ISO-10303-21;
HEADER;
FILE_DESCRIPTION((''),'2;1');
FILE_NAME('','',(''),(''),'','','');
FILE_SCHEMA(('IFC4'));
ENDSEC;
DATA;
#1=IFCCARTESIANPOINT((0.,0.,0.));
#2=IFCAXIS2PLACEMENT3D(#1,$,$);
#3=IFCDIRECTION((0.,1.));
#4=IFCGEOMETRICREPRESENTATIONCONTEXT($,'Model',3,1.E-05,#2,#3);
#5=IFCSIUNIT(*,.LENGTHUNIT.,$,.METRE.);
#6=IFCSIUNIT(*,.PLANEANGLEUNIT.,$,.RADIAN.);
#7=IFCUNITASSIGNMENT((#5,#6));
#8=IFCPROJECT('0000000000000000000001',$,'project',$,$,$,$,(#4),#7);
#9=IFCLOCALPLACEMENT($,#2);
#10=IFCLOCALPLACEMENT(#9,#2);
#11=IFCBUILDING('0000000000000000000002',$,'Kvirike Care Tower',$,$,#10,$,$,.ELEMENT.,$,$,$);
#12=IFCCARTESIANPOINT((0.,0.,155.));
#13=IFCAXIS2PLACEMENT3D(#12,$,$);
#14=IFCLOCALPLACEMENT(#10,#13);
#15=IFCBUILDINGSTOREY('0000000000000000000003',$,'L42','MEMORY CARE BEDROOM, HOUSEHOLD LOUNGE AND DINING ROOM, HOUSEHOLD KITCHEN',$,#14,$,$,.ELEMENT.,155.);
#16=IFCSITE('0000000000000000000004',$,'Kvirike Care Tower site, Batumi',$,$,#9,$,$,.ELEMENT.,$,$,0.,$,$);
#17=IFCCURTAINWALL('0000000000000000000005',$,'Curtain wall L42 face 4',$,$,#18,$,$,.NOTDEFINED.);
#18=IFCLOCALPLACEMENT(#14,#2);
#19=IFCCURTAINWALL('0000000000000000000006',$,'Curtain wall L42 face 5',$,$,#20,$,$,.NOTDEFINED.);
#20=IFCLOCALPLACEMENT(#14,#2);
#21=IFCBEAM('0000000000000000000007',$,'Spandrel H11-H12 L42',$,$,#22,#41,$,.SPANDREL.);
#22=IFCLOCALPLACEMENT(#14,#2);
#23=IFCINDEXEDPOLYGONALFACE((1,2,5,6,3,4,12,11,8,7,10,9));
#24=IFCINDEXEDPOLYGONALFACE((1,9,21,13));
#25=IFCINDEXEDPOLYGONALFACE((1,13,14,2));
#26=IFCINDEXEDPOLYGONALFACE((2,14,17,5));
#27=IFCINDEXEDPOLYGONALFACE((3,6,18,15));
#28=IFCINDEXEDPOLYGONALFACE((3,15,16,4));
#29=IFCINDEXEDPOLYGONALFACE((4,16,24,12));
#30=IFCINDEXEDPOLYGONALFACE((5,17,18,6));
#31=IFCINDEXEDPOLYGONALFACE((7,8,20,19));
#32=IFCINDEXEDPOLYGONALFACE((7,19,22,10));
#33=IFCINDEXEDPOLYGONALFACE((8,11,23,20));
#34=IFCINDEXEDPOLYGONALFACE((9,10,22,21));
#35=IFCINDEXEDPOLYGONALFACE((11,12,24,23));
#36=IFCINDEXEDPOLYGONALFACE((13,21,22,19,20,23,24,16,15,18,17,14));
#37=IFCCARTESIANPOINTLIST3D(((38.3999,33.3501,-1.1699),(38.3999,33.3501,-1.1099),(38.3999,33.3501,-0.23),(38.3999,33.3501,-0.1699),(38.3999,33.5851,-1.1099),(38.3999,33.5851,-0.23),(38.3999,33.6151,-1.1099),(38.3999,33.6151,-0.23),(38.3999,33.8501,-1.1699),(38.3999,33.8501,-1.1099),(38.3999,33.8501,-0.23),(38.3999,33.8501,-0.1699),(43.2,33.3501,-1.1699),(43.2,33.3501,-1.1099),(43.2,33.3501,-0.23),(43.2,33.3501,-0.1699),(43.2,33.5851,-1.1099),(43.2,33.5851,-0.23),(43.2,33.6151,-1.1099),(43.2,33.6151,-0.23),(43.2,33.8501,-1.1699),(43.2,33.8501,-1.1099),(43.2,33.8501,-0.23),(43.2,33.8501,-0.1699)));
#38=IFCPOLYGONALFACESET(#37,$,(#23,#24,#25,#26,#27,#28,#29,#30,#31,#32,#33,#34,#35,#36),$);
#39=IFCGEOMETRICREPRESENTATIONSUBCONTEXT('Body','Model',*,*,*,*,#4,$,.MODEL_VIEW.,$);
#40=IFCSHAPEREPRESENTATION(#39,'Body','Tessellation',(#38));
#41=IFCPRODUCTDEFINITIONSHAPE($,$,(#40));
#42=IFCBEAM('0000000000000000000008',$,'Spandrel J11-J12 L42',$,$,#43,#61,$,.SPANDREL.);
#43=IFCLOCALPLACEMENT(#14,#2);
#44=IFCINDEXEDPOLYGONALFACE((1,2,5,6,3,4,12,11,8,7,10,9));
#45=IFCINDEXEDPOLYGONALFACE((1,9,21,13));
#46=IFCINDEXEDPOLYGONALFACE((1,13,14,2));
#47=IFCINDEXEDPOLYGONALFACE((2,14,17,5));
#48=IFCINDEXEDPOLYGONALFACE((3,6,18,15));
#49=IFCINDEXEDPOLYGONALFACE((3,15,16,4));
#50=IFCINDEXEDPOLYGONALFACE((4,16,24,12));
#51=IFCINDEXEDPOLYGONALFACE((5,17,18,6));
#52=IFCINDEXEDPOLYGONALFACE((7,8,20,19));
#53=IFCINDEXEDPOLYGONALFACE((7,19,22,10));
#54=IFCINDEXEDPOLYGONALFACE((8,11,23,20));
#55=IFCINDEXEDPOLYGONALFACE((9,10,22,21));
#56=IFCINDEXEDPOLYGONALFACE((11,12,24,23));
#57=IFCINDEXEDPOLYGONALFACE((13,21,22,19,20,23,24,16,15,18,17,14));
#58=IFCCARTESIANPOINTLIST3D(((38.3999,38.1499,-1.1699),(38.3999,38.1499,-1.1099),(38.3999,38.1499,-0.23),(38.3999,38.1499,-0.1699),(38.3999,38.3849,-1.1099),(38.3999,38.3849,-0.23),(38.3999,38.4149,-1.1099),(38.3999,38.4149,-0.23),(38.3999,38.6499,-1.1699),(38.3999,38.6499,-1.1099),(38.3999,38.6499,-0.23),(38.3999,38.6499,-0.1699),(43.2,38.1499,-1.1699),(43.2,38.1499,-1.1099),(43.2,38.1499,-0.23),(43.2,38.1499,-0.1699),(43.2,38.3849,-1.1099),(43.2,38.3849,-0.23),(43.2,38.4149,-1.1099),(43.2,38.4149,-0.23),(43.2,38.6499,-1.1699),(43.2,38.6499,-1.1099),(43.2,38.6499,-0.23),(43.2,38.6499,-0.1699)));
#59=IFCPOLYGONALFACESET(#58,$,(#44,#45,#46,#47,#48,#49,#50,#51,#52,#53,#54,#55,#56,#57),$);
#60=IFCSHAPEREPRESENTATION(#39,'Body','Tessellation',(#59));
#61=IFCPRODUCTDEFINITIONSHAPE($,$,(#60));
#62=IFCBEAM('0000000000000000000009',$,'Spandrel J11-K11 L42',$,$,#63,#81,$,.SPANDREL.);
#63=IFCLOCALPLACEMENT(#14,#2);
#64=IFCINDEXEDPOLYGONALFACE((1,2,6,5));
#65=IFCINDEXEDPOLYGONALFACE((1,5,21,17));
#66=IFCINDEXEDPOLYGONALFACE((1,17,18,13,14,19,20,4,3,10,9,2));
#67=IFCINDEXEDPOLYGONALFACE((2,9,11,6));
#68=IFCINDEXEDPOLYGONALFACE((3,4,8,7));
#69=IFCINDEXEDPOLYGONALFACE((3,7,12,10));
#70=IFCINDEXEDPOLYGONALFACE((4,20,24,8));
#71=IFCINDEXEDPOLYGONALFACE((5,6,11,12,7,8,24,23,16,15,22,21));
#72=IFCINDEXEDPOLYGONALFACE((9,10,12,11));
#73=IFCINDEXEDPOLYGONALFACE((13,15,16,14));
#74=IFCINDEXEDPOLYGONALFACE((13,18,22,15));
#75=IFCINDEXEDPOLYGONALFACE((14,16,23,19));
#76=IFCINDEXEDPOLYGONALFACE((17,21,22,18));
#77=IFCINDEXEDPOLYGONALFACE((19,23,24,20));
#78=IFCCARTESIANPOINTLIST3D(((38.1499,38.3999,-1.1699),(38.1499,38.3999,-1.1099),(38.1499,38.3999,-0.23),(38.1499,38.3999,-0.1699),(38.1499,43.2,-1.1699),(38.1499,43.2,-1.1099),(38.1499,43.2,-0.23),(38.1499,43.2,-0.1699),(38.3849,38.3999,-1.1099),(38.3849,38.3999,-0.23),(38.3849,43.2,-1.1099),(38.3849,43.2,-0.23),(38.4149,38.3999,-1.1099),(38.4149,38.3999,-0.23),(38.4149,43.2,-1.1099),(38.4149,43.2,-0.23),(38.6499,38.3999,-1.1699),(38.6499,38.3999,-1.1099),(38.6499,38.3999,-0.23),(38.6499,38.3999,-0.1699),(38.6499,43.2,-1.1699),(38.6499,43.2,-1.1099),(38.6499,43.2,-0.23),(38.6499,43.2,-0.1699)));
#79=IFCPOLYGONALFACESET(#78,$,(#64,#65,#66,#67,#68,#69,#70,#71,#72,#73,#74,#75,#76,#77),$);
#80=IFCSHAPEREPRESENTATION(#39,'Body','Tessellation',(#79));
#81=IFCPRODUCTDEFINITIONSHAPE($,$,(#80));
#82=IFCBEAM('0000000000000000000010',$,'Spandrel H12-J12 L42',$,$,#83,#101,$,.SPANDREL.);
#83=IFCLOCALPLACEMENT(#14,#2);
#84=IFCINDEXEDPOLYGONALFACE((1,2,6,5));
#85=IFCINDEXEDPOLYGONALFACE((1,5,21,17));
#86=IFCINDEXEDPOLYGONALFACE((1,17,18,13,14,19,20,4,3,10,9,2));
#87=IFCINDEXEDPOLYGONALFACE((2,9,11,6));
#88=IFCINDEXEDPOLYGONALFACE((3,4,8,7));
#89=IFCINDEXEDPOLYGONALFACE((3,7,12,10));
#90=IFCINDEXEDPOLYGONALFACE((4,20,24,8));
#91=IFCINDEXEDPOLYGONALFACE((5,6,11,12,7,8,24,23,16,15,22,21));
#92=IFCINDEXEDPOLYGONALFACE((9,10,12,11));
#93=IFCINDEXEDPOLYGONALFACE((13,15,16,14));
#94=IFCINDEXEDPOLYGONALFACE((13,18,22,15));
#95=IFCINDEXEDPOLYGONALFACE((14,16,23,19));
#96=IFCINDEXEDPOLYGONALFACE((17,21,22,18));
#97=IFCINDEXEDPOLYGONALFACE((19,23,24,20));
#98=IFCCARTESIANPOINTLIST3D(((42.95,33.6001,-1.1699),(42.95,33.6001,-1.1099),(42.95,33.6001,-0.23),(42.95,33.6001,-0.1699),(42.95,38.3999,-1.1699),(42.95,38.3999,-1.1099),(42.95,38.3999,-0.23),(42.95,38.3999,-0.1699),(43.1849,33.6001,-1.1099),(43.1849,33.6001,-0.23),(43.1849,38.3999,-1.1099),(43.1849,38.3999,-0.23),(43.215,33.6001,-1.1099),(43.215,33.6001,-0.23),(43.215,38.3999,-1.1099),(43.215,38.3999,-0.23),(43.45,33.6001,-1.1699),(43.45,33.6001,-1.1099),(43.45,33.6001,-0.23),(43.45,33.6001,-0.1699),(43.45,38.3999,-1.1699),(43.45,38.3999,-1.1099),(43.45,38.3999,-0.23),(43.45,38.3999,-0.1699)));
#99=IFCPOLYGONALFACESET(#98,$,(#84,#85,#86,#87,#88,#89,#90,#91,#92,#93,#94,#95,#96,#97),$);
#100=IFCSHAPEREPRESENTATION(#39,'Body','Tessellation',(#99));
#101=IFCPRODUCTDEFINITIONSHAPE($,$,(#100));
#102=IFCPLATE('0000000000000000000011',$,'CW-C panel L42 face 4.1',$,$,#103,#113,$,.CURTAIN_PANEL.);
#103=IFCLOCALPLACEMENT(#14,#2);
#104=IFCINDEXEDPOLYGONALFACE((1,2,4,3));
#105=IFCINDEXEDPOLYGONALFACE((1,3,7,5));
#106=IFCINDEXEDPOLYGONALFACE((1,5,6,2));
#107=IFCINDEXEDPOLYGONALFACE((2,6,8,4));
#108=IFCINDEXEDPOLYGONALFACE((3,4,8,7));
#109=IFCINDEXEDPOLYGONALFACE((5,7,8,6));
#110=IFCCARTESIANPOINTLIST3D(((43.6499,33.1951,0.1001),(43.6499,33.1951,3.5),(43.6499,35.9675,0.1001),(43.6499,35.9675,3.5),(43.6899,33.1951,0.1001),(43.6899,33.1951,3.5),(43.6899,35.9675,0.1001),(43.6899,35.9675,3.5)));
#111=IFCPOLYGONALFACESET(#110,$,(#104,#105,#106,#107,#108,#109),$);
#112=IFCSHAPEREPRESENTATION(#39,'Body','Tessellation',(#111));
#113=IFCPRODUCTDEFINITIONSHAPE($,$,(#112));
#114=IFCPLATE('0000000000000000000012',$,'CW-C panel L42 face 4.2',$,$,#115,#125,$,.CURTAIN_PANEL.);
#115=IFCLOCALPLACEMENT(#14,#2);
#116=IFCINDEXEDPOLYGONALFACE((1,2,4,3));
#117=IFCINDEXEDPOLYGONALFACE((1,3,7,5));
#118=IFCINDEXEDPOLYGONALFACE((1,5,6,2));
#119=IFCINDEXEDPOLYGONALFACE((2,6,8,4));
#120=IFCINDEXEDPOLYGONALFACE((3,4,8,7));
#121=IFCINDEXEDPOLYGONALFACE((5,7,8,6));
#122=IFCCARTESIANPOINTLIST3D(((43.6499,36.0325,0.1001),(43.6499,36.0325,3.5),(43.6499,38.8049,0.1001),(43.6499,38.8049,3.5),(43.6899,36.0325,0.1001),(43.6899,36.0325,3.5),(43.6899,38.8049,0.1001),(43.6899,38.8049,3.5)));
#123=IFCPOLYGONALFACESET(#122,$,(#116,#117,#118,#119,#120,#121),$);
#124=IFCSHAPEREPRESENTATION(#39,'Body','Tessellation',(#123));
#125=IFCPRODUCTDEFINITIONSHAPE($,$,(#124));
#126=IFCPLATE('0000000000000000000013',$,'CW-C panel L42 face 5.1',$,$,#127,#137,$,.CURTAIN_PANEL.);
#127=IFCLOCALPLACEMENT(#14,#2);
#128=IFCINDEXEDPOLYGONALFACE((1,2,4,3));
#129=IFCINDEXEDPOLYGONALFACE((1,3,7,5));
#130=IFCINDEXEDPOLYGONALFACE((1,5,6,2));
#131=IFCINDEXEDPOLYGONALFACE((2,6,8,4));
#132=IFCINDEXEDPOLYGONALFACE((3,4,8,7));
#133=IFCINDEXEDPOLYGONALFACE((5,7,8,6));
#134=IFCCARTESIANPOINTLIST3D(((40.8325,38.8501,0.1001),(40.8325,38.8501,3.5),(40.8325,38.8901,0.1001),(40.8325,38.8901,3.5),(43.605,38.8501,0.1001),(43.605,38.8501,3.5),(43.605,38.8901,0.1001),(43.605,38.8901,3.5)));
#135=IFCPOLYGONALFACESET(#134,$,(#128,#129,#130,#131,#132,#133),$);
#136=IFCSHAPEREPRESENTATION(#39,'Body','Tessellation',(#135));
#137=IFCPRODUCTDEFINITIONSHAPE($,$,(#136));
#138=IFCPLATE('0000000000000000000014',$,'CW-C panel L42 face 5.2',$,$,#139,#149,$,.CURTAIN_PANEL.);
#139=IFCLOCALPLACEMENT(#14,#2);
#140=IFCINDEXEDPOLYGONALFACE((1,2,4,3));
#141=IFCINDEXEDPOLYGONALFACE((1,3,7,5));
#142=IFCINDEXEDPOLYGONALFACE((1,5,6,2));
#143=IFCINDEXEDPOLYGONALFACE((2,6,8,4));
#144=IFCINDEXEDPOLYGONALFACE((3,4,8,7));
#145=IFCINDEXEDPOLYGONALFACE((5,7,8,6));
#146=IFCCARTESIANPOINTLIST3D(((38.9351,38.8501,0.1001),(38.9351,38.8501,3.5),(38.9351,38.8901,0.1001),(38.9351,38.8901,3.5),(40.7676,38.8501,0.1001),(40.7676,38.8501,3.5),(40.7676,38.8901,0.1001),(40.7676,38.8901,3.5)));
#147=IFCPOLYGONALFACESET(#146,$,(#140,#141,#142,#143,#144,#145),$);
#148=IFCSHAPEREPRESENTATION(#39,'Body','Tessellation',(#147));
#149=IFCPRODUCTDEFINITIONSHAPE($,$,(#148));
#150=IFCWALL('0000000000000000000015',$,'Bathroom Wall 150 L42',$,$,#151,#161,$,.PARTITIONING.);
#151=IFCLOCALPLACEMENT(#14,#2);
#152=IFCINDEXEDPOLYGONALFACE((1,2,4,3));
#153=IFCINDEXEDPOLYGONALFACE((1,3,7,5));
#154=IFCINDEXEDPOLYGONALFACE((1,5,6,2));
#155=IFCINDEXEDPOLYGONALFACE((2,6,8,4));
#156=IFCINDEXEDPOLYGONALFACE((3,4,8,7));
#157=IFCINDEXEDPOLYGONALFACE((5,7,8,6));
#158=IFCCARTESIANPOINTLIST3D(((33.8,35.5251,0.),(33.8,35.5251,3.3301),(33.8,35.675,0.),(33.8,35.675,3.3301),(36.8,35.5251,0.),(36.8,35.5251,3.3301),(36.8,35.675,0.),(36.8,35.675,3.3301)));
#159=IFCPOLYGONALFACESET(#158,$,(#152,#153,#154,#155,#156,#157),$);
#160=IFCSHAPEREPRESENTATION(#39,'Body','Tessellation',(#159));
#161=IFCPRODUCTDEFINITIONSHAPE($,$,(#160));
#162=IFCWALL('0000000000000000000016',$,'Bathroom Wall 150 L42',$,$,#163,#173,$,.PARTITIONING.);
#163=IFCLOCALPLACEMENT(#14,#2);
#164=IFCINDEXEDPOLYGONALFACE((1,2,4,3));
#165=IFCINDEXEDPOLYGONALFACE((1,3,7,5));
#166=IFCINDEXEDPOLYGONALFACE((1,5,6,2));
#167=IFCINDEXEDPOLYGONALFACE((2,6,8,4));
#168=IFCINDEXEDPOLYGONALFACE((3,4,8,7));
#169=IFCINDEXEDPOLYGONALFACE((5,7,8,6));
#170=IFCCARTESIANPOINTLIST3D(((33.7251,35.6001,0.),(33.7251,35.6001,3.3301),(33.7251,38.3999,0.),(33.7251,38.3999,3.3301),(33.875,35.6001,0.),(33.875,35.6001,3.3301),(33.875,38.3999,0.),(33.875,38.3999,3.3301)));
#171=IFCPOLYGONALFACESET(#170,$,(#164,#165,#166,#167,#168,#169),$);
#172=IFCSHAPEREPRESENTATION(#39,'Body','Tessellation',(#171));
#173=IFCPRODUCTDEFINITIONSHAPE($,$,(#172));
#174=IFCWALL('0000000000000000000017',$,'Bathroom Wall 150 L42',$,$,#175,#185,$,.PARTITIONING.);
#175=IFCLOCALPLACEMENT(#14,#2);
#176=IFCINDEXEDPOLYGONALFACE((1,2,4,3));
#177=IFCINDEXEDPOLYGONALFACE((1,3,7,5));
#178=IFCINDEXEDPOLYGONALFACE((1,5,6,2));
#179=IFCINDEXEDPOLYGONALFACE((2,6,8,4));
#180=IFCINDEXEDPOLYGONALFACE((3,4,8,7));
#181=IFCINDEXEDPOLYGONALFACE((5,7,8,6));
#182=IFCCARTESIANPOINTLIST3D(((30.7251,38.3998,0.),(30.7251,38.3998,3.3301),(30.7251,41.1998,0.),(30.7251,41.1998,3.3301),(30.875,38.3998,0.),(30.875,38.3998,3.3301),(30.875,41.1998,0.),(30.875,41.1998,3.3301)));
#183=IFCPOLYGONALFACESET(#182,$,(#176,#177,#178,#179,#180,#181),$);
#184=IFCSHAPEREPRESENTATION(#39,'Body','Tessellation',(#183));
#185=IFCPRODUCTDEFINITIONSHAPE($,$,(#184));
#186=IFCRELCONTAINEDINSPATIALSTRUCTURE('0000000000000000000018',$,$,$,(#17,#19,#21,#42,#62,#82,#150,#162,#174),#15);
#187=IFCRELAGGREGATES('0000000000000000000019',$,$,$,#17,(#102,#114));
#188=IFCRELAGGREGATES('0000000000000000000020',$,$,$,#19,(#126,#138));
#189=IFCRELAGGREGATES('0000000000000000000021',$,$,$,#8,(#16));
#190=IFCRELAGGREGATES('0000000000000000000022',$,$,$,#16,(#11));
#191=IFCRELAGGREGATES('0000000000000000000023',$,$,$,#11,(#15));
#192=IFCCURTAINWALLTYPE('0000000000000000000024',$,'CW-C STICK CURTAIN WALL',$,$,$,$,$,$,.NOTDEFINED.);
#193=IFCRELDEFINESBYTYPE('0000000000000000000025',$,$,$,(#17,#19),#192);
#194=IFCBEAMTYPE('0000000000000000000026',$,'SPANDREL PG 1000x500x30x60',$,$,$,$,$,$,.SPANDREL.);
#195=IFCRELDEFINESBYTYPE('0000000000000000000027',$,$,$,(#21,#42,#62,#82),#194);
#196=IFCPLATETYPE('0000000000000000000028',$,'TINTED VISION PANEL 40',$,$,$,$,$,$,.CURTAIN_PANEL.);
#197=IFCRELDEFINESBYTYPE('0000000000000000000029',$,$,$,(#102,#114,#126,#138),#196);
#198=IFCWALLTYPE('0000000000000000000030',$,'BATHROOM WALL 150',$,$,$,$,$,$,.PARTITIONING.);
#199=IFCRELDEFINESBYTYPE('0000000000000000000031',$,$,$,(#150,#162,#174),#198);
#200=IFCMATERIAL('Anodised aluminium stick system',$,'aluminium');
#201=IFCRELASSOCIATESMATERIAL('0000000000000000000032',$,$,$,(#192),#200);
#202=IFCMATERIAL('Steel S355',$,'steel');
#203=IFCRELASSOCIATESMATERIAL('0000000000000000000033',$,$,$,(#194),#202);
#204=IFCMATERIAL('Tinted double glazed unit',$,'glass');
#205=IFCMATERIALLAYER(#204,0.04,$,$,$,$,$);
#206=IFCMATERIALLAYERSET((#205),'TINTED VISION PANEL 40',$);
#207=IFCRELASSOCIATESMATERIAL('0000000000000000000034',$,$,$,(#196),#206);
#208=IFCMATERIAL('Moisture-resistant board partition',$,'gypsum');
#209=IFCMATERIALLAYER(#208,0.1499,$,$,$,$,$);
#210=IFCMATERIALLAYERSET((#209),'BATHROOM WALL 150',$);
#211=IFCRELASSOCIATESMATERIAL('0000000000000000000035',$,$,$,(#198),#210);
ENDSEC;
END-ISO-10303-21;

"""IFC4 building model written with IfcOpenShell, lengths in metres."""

from ifc_helpers import new_model, si_unit, direction, frame, frame_2d, origin, origin_2d, place, context, subcontext, project, spatial, rectangle, i_section, extrude, material, layer, layer_set, material_profile, profile_set, type_object, element, aggregate, save


model = new_model("IFC4")

# Units and contexts
model_context = context("Model", 3, precision=1e-05, world=origin(), true_north=direction((0.0, 1.0)))
body_context = subcontext(model_context, "Body", "Model", "MODEL_VIEW")
ifc_project = project(units=[si_unit("LENGTHUNIT", "METRE"), si_unit("PLANEANGLEUNIT", "RADIAN")], contexts=[model_context])

# Site, building, storey
site_placement = place(None, origin())
site = spatial("IfcSite", under=ifc_project, at=site_placement, Name="Kvirike Care Tower site, Batumi", CompositionType="ELEMENT", RefElevation=0.0)
building_placement = place(site_placement, origin())
building = spatial("IfcBuilding", under=site, at=building_placement, Name="Kvirike Care Tower", CompositionType="ELEMENT")
storey_placement = place(building_placement, frame((0.0, 0.0, 155.0)))
storey = spatial("IfcBuildingStorey", under=building, at=storey_placement, Name="L42", Description="MEMORY CARE BEDROOM, HOUSEHOLD LOUNGE AND DINING ROOM, HOUSEHOLD KITCHEN", CompositionType="ELEMENT", Elevation=155.0)

# Curtain walls
ifc_material_1 = material(Name="Anodised aluminium stick system", Category="aluminium")
curtain_wall_type = type_object("IfcCurtainWallType", Name="CW-C STICK CURTAIN WALL", PredefinedType="NOTDEFINED", material=ifc_material_1)
curtain_wall_1_placement = place(storey_placement, origin())
curtain_wall_1 = element("IfcCurtainWall", 1, at=curtain_wall_1_placement, inside=storey, type_object=curtain_wall_type, Name="Curtain wall L42 face 4", PredefinedType="NOTDEFINED")
curtain_wall_2_placement = place(storey_placement, origin())
curtain_wall_2 = element("IfcCurtainWall", 2, at=curtain_wall_2_placement, inside=storey, type_object=curtain_wall_type, Name="Curtain wall L42 face 5", PredefinedType="NOTDEFINED")

# Beams
ifc_material_2 = material(Name="Steel S355", Category="steel")
ifc_material_profile_1 = material_profile(ifc_material_2, i_section(OverallWidth=0.5, OverallDepth=1.0, WebThickness=0.03, FlangeThickness=0.0601, at=origin_2d()), Name="PG 1000x500x30x60")
ifc_profile_set_1 = profile_set([ifc_material_profile_1], Name="Steel S355")
beam_type = type_object("IfcBeamType", Name="SPANDREL PG 1000x500x30x60", PredefinedType="SPANDREL", material=ifc_profile_set_1)
for number, where, z_axis, x_axis, name in (
    (3, (38.3999, 33.6001, -0.6699), (1.0, 0.0, 0.0), (0.0, 1.0, 0.0), "Spandrel H11-H12 L42"),
    (4, (38.3999, 38.3999, -0.6699), (1.0, 0.0, 0.0), (0.0, 1.0, 0.0), "Spandrel J11-J12 L42"),
    (5, (38.3999, 38.3999, -0.6699), (0.0, 1.0, 0.0), (-1.0, 0.0, 0.0), "Spandrel J11-K11 L42"),
):
    element("IfcBeam", number, at=place(storey_placement, frame(where, z_axis=z_axis, x_axis=x_axis)), inside=storey, type_object=beam_type, Name=name, PredefinedType="SPANDREL", context=body_context, shape_type="SweptSolid", body=[
        extrude(i_section(OverallWidth=0.5, OverallDepth=1.0, WebThickness=0.03, FlangeThickness=0.0601, at=origin_2d()), origin(), (0.0, 0.0, 1.0), 4.8),
    ])
beam_placement = place(storey_placement, frame((43.2, 33.6001, -0.6699), z_axis=(0.0, 1.0, 0.0), x_axis=(-1.0, 0.0, 0.0)))
element("IfcBeam", 6, at=beam_placement, inside=storey, type_object=beam_type, Name="Spandrel H12-J12 L42", PredefinedType="SPANDREL", context=body_context, shape_type="SweptSolid", body=[
    extrude(i_section(OverallWidth=0.5, OverallDepth=1.0, WebThickness=0.03, FlangeThickness=0.0601, at=origin_2d()), origin(), (0.0, 0.0, 1.0), 4.7998),
])

# Plates
ifc_material_3 = material(Name="Tinted double glazed unit", Category="glass")
ifc_layer_1 = layer(ifc_material_3, 0.04)
ifc_layer_set_1 = layer_set([ifc_layer_1], Name="TINTED VISION PANEL 40")
plate_type = type_object("IfcPlateType", Name="TINTED VISION PANEL 40", PredefinedType="CURTAIN_PANEL", material=ifc_layer_set_1)
plate_1_placement = place(storey_placement, frame((43.6699, 34.5813, 0.1001), z_axis=(0.0, 0.0, 1.0), x_axis=(0.0, 1.0, 0.0)))
plate_1 = element("IfcPlate", 7, at=plate_1_placement, type_object=plate_type, Name="CW-C panel L42 face 4.1", PredefinedType="CURTAIN_PANEL", context=body_context, shape_type="SweptSolid", body=[
    extrude(rectangle(XDim=2.7725, YDim=0.04, at=origin_2d()), origin(), (0.0, 0.0, 1.0), 3.3999),
])
plate_2_placement = place(storey_placement, frame((43.6699, 37.4187, 0.1001), z_axis=(0.0, 0.0, 1.0), x_axis=(0.0, 1.0, 0.0)))
plate_2 = element("IfcPlate", 8, at=plate_2_placement, type_object=plate_type, Name="CW-C panel L42 face 4.2", PredefinedType="CURTAIN_PANEL", context=body_context, shape_type="SweptSolid", body=[
    extrude(rectangle(XDim=2.7725, YDim=0.04, at=origin_2d()), origin(), (0.0, 0.0, 1.0), 3.3999),
])
aggregate(curtain_wall_1, [plate_1, plate_2])
plate_3_placement = place(storey_placement, frame((42.2188, 38.8701, 0.1001), z_axis=(0.0, 0.0, 1.0), x_axis=(-1.0, 0.0, 0.0)))
plate_3 = element("IfcPlate", 9, at=plate_3_placement, type_object=plate_type, Name="CW-C panel L42 face 5.1", PredefinedType="CURTAIN_PANEL", context=body_context, shape_type="SweptSolid", body=[
    extrude(rectangle(XDim=2.7725, YDim=0.04, at=origin_2d()), origin(), (0.0, 0.0, 1.0), 3.3999),
])
plate_4_placement = place(storey_placement, frame((39.8513, 38.8701, 0.1001), z_axis=(0.0, 0.0, 1.0), x_axis=(-1.0, 0.0, 0.0)))
plate_4 = element("IfcPlate", 10, at=plate_4_placement, type_object=plate_type, Name="CW-C panel L42 face 5.2", PredefinedType="CURTAIN_PANEL", context=body_context, shape_type="SweptSolid", body=[
    extrude(rectangle(XDim=1.8325, YDim=0.04, at=origin_2d()), origin(), (0.0, 0.0, 1.0), 3.3999),
])
aggregate(curtain_wall_2, [plate_3, plate_4])

# Walls
ifc_material_4 = material(Name="Moisture-resistant board partition", Category="gypsum")
ifc_layer_2 = layer(ifc_material_4, 0.1499)
ifc_layer_set_2 = layer_set([ifc_layer_2], Name="BATHROOM WALL 150")
wall_type_1 = type_object("IfcWallType", Name="BATHROOM WALL 150", PredefinedType="PARTITIONING", material=ifc_layer_set_2)
wall_1_placement = place(storey_placement, frame((36.8, 35.6001, 0.0), z_axis=(0.0, 0.0, 1.0), x_axis=(-1.0, 0.0, 0.0)))
element("IfcWall", 11, at=wall_1_placement, inside=storey, type_object=wall_type_1, Name="Bathroom Wall 150 L42", PredefinedType="PARTITIONING", context=body_context, shape_type="SweptSolid", body=[
    extrude(rectangle(XDim=3.0, YDim=0.1499, at=frame_2d((1.5, 0.0))), origin(), (0.0, 0.0, 1.0), 3.3301),
])
wall_2_placement = place(storey_placement, frame((33.8, 35.6001, 0.0), z_axis=(0.0, 0.0, 1.0), x_axis=(0.0, 1.0, 0.0)))
element("IfcWall", 12, at=wall_2_placement, inside=storey, type_object=wall_type_1, Name="Bathroom Wall 150 L42", PredefinedType="PARTITIONING", context=body_context, shape_type="SweptSolid", body=[
    extrude(rectangle(XDim=2.7998, YDim=0.1499, at=frame_2d((1.3999, 0.0))), origin(), (0.0, 0.0, 1.0), 3.3301),
])
wall_3_placement = place(storey_placement, frame((30.8, 38.3999, 0.0), z_axis=(0.0, 0.0, 1.0), x_axis=(0.0, 1.0, 0.0)))
element("IfcWall", 13, at=wall_3_placement, inside=storey, type_object=wall_type_1, Name="Bathroom Wall 150 L42", PredefinedType="PARTITIONING", context=body_context, shape_type="SweptSolid", body=[
    extrude(rectangle(XDim=2.8, YDim=0.1499, at=frame_2d((1.3999, 0.0))), origin(), (0.0, 0.0, 1.0), 3.3301),
])

save(model, "model.ifc")
